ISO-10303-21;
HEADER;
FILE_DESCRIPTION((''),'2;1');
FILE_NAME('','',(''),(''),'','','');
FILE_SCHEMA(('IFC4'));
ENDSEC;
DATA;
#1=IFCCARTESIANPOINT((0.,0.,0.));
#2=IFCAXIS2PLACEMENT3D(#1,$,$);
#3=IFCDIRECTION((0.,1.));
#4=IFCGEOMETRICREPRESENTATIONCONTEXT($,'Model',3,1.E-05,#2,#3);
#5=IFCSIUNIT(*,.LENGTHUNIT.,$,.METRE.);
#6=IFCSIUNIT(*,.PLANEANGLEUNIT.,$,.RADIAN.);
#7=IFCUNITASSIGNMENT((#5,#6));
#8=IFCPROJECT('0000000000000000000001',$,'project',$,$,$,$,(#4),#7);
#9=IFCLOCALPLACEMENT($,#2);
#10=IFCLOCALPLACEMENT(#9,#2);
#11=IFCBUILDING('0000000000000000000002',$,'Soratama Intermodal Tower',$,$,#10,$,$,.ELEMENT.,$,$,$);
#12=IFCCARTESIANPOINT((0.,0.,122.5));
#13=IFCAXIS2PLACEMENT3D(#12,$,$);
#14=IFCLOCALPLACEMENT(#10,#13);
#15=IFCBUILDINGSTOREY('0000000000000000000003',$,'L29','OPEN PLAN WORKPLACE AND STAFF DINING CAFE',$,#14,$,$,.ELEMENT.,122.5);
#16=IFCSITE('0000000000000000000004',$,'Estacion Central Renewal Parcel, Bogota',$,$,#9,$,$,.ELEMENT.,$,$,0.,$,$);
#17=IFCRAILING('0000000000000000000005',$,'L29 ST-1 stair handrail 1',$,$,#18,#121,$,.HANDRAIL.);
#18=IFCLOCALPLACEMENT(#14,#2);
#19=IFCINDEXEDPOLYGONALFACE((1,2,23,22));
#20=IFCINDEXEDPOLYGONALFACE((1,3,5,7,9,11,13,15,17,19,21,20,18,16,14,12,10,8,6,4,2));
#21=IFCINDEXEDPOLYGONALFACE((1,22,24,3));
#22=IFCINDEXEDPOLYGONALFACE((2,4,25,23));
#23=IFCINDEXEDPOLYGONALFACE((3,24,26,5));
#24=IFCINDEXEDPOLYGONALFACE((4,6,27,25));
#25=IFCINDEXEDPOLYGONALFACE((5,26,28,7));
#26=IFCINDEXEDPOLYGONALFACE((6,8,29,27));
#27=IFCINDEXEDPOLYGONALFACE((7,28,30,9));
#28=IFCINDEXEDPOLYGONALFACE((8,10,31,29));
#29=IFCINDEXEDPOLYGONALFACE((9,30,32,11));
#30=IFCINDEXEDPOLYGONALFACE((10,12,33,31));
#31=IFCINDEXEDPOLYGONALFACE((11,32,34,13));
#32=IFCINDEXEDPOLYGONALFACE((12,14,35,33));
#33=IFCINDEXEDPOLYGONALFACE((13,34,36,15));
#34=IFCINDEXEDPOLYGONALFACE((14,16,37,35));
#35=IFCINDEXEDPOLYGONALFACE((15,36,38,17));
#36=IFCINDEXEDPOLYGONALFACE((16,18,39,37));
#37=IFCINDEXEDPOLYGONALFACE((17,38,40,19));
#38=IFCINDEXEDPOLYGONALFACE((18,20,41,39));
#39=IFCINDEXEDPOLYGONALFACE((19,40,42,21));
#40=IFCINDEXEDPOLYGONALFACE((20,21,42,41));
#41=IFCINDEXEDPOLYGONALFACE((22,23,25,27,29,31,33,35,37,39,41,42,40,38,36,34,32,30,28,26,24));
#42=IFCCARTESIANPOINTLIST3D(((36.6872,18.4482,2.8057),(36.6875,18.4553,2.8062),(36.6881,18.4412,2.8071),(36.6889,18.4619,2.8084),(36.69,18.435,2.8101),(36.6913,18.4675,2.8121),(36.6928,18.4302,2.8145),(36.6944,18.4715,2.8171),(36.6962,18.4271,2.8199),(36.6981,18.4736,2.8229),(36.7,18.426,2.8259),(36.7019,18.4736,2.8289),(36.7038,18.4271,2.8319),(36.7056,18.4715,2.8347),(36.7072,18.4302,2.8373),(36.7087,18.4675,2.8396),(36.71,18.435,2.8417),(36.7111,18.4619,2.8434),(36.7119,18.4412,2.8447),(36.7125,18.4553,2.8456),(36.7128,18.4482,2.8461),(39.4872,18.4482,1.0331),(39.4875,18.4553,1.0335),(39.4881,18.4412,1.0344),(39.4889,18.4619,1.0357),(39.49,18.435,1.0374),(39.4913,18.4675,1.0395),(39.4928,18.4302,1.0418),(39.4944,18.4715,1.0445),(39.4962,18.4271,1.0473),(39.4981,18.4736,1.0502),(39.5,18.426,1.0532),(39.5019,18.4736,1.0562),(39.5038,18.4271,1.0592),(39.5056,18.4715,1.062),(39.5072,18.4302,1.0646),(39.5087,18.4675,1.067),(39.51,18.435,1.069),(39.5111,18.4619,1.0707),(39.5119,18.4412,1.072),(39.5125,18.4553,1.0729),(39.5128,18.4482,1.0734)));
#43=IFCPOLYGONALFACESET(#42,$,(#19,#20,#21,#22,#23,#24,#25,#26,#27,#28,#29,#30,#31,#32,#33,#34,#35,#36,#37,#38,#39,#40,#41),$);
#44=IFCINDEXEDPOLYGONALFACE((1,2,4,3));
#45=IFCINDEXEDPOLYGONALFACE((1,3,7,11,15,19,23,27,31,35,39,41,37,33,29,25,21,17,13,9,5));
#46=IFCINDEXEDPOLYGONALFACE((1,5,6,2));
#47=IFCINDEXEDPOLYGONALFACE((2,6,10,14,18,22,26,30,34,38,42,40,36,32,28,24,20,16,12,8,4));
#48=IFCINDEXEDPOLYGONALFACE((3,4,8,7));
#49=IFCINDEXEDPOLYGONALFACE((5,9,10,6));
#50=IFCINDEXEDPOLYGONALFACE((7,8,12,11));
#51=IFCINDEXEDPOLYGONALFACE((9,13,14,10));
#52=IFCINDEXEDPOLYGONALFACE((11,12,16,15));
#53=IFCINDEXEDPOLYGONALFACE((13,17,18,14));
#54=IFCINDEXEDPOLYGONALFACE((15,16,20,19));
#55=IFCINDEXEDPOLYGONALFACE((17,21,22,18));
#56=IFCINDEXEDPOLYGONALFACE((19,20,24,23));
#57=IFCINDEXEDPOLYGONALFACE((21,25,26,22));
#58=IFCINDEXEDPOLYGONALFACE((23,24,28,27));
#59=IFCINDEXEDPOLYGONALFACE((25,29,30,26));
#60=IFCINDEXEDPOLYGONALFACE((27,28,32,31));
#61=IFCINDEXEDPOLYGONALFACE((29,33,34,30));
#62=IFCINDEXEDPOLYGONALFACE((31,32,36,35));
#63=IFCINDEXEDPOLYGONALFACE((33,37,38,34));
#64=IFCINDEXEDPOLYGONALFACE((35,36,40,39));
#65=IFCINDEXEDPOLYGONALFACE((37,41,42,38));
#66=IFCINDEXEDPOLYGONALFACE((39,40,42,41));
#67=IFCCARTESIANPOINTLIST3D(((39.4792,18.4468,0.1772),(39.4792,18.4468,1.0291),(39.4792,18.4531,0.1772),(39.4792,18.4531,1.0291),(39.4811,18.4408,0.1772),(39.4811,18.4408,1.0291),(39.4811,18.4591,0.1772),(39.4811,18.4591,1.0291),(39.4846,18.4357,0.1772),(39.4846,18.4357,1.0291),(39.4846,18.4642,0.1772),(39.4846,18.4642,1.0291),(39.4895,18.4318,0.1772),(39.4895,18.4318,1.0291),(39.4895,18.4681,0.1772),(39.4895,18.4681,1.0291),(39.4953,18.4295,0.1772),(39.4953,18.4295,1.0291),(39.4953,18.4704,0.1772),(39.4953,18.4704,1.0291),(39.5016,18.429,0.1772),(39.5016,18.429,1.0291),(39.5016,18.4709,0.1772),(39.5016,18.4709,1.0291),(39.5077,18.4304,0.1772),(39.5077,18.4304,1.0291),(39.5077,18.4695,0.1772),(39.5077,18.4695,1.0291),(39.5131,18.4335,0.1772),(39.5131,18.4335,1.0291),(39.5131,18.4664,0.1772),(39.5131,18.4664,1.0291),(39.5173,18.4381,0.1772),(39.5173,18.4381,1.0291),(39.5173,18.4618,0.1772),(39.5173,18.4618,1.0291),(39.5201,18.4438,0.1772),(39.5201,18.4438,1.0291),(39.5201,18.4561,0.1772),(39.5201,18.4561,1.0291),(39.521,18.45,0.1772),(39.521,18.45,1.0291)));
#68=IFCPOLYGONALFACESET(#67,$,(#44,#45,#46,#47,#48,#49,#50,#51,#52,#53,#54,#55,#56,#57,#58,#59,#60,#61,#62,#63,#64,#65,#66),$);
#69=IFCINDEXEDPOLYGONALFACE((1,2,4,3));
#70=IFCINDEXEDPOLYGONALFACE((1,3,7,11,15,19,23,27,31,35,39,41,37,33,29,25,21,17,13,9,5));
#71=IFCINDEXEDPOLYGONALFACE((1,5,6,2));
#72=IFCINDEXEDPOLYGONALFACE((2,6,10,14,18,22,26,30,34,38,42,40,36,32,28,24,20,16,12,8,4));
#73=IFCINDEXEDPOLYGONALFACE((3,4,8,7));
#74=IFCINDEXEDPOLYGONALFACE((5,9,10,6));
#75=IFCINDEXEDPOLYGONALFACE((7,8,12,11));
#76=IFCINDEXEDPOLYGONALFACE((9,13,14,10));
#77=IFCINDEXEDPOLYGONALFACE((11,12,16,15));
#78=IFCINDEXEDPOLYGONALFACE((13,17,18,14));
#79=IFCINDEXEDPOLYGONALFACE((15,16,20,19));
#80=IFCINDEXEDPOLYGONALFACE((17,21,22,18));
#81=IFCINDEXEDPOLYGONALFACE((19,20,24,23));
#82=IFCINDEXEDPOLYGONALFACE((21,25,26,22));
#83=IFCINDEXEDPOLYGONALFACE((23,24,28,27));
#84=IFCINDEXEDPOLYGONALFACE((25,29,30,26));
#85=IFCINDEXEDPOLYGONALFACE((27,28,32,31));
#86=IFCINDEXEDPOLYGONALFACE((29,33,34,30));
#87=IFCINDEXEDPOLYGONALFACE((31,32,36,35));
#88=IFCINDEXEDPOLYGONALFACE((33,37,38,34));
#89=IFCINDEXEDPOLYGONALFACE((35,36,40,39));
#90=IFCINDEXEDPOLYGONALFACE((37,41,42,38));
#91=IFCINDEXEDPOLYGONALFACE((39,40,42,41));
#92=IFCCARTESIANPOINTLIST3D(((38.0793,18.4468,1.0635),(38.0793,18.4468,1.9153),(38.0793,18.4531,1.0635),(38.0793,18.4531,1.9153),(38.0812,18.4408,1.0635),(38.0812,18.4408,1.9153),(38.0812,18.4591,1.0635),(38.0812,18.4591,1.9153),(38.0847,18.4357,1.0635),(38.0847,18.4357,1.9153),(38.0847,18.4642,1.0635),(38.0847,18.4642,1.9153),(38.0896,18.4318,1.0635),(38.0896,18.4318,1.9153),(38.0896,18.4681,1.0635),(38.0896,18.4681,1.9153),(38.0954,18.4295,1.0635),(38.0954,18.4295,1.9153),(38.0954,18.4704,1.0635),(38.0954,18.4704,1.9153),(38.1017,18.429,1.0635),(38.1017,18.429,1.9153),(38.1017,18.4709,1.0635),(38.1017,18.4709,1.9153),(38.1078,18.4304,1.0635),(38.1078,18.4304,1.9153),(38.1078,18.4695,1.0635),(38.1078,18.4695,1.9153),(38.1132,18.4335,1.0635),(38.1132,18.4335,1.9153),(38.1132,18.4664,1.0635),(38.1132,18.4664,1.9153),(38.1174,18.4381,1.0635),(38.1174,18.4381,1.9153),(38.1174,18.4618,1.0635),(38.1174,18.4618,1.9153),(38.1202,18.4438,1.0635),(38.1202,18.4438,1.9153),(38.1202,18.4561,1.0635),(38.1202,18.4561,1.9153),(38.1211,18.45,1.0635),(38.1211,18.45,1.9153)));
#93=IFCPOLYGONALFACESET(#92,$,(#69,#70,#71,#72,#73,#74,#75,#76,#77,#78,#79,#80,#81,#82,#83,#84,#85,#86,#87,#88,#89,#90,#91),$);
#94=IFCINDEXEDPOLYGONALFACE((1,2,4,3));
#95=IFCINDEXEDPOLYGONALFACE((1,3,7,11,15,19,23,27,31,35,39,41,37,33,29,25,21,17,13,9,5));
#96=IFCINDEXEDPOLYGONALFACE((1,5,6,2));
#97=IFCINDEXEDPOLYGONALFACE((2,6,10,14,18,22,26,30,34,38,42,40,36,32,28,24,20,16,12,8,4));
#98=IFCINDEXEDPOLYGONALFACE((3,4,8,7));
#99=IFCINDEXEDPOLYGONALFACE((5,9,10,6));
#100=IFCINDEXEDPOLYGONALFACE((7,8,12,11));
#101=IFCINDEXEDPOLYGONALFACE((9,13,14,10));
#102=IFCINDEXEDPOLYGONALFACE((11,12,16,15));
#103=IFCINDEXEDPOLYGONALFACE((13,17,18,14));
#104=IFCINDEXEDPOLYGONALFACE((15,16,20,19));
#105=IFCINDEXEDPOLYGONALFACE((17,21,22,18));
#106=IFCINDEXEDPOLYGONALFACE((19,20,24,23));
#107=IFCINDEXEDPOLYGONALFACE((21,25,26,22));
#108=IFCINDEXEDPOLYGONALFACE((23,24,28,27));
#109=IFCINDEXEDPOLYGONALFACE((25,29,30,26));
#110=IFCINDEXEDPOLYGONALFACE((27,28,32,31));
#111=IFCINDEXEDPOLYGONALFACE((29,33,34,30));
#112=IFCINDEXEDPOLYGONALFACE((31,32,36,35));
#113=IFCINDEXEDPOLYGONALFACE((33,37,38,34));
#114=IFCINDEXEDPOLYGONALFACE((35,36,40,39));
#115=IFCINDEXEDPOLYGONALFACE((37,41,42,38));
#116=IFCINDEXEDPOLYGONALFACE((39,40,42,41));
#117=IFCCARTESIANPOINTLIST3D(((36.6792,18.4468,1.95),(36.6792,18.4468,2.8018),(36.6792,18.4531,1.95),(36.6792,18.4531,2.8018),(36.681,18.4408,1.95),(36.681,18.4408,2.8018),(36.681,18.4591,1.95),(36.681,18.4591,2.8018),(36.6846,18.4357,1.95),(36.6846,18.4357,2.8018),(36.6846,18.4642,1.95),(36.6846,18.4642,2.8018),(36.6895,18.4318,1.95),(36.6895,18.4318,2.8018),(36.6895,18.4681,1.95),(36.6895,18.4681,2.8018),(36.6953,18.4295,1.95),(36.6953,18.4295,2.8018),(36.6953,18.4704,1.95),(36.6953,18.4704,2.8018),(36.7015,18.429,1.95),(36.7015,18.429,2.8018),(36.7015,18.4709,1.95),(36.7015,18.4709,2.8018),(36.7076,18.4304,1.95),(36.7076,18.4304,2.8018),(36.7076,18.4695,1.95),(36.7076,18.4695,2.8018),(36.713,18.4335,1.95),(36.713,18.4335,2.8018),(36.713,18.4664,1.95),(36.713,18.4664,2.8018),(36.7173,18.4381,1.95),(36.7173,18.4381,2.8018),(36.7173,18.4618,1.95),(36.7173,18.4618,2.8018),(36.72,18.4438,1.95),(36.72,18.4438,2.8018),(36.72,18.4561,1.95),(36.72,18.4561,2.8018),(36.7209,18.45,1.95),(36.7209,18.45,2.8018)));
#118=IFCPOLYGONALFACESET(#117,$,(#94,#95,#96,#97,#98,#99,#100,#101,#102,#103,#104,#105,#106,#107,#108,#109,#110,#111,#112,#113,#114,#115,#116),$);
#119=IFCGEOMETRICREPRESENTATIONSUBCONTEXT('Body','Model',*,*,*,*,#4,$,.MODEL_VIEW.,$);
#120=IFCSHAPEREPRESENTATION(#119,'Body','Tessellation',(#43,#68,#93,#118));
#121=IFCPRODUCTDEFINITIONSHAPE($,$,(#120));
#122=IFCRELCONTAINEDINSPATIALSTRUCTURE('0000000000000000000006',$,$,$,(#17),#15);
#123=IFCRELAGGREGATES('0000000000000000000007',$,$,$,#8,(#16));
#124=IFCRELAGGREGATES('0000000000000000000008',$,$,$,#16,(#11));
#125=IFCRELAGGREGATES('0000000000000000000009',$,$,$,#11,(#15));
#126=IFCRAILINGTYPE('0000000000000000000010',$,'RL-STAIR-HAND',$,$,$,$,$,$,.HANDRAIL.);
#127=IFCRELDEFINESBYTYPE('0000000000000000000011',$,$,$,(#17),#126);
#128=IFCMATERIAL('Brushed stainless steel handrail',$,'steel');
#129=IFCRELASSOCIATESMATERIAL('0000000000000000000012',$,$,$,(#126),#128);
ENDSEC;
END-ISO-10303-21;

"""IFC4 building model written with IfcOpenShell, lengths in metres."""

from ifc_helpers import new_model, si_unit, direction, frame, origin, origin_2d, place, context, subcontext, project, spatial, circle, extrude, material, type_object, element, save


model = new_model("IFC4")

# Units and contexts
model_context = context("Model", 3, precision=1e-05, world=origin(), true_north=direction((0.0, 1.0)))
body_context = subcontext(model_context, "Body", "Model", "MODEL_VIEW")
ifc_project = project(units=[si_unit("LENGTHUNIT", "METRE"), si_unit("PLANEANGLEUNIT", "RADIAN")], contexts=[model_context])

# Site, building, storey
site_placement = place(None, origin())
site = spatial("IfcSite", under=ifc_project, at=site_placement, Name="Estacion Central Renewal Parcel, Bogota", CompositionType="ELEMENT", RefElevation=0.0)
building_placement = place(site_placement, origin())
building = spatial("IfcBuilding", under=site, at=building_placement, Name="Soratama Intermodal Tower", CompositionType="ELEMENT")
storey_placement = place(building_placement, frame((0.0, 0.0, 122.5)))
storey = spatial("IfcBuildingStorey", under=building, at=storey_placement, Name="L29", Description="OPEN PLAN WORKPLACE AND STAFF DINING CAFE", CompositionType="ELEMENT", Elevation=122.5)

# Railing
ifc_material_1 = material(Name="Brushed stainless steel handrail", Category="steel")
railing_type_1 = type_object("IfcRailingType", Name="RL-STAIR-HAND", PredefinedType="HANDRAIL", material=ifc_material_1)
railing_1_placement = place(storey_placement, frame((39.5, 18.45, 0.1772)))
element("IfcRailing", 1, at=railing_1_placement, inside=storey, type_object=railing_type_1, Name="L29 ST-1 stair handrail 1", PredefinedType="HANDRAIL", context=body_context, shape_type="SweptSolid", body=[
    extrude(circle(Radius=0.0239, at=origin_2d()), frame((0.0, 0.0, 0.876), z_axis=(-0.844909, 0.0, 0.53491), x_axis=(0.0, -1.0, 0.0)), (0.0, 0.0, 1.0), 3.314),
    extrude(circle(Radius=0.021, at=origin_2d()), origin(), (0.0, 0.0, 1.0), 0.8518),
    extrude(circle(Radius=0.021, at=origin_2d()), frame((-1.3999, 0.0, 0.8862)), (0.0, 0.0, 1.0), 0.8518),
    extrude(circle(Radius=0.021, at=origin_2d()), frame((-2.8, 0.0, 1.7727)), (0.0, 0.0, 1.0), 0.8518),
])

save(model, "model.ifc")
